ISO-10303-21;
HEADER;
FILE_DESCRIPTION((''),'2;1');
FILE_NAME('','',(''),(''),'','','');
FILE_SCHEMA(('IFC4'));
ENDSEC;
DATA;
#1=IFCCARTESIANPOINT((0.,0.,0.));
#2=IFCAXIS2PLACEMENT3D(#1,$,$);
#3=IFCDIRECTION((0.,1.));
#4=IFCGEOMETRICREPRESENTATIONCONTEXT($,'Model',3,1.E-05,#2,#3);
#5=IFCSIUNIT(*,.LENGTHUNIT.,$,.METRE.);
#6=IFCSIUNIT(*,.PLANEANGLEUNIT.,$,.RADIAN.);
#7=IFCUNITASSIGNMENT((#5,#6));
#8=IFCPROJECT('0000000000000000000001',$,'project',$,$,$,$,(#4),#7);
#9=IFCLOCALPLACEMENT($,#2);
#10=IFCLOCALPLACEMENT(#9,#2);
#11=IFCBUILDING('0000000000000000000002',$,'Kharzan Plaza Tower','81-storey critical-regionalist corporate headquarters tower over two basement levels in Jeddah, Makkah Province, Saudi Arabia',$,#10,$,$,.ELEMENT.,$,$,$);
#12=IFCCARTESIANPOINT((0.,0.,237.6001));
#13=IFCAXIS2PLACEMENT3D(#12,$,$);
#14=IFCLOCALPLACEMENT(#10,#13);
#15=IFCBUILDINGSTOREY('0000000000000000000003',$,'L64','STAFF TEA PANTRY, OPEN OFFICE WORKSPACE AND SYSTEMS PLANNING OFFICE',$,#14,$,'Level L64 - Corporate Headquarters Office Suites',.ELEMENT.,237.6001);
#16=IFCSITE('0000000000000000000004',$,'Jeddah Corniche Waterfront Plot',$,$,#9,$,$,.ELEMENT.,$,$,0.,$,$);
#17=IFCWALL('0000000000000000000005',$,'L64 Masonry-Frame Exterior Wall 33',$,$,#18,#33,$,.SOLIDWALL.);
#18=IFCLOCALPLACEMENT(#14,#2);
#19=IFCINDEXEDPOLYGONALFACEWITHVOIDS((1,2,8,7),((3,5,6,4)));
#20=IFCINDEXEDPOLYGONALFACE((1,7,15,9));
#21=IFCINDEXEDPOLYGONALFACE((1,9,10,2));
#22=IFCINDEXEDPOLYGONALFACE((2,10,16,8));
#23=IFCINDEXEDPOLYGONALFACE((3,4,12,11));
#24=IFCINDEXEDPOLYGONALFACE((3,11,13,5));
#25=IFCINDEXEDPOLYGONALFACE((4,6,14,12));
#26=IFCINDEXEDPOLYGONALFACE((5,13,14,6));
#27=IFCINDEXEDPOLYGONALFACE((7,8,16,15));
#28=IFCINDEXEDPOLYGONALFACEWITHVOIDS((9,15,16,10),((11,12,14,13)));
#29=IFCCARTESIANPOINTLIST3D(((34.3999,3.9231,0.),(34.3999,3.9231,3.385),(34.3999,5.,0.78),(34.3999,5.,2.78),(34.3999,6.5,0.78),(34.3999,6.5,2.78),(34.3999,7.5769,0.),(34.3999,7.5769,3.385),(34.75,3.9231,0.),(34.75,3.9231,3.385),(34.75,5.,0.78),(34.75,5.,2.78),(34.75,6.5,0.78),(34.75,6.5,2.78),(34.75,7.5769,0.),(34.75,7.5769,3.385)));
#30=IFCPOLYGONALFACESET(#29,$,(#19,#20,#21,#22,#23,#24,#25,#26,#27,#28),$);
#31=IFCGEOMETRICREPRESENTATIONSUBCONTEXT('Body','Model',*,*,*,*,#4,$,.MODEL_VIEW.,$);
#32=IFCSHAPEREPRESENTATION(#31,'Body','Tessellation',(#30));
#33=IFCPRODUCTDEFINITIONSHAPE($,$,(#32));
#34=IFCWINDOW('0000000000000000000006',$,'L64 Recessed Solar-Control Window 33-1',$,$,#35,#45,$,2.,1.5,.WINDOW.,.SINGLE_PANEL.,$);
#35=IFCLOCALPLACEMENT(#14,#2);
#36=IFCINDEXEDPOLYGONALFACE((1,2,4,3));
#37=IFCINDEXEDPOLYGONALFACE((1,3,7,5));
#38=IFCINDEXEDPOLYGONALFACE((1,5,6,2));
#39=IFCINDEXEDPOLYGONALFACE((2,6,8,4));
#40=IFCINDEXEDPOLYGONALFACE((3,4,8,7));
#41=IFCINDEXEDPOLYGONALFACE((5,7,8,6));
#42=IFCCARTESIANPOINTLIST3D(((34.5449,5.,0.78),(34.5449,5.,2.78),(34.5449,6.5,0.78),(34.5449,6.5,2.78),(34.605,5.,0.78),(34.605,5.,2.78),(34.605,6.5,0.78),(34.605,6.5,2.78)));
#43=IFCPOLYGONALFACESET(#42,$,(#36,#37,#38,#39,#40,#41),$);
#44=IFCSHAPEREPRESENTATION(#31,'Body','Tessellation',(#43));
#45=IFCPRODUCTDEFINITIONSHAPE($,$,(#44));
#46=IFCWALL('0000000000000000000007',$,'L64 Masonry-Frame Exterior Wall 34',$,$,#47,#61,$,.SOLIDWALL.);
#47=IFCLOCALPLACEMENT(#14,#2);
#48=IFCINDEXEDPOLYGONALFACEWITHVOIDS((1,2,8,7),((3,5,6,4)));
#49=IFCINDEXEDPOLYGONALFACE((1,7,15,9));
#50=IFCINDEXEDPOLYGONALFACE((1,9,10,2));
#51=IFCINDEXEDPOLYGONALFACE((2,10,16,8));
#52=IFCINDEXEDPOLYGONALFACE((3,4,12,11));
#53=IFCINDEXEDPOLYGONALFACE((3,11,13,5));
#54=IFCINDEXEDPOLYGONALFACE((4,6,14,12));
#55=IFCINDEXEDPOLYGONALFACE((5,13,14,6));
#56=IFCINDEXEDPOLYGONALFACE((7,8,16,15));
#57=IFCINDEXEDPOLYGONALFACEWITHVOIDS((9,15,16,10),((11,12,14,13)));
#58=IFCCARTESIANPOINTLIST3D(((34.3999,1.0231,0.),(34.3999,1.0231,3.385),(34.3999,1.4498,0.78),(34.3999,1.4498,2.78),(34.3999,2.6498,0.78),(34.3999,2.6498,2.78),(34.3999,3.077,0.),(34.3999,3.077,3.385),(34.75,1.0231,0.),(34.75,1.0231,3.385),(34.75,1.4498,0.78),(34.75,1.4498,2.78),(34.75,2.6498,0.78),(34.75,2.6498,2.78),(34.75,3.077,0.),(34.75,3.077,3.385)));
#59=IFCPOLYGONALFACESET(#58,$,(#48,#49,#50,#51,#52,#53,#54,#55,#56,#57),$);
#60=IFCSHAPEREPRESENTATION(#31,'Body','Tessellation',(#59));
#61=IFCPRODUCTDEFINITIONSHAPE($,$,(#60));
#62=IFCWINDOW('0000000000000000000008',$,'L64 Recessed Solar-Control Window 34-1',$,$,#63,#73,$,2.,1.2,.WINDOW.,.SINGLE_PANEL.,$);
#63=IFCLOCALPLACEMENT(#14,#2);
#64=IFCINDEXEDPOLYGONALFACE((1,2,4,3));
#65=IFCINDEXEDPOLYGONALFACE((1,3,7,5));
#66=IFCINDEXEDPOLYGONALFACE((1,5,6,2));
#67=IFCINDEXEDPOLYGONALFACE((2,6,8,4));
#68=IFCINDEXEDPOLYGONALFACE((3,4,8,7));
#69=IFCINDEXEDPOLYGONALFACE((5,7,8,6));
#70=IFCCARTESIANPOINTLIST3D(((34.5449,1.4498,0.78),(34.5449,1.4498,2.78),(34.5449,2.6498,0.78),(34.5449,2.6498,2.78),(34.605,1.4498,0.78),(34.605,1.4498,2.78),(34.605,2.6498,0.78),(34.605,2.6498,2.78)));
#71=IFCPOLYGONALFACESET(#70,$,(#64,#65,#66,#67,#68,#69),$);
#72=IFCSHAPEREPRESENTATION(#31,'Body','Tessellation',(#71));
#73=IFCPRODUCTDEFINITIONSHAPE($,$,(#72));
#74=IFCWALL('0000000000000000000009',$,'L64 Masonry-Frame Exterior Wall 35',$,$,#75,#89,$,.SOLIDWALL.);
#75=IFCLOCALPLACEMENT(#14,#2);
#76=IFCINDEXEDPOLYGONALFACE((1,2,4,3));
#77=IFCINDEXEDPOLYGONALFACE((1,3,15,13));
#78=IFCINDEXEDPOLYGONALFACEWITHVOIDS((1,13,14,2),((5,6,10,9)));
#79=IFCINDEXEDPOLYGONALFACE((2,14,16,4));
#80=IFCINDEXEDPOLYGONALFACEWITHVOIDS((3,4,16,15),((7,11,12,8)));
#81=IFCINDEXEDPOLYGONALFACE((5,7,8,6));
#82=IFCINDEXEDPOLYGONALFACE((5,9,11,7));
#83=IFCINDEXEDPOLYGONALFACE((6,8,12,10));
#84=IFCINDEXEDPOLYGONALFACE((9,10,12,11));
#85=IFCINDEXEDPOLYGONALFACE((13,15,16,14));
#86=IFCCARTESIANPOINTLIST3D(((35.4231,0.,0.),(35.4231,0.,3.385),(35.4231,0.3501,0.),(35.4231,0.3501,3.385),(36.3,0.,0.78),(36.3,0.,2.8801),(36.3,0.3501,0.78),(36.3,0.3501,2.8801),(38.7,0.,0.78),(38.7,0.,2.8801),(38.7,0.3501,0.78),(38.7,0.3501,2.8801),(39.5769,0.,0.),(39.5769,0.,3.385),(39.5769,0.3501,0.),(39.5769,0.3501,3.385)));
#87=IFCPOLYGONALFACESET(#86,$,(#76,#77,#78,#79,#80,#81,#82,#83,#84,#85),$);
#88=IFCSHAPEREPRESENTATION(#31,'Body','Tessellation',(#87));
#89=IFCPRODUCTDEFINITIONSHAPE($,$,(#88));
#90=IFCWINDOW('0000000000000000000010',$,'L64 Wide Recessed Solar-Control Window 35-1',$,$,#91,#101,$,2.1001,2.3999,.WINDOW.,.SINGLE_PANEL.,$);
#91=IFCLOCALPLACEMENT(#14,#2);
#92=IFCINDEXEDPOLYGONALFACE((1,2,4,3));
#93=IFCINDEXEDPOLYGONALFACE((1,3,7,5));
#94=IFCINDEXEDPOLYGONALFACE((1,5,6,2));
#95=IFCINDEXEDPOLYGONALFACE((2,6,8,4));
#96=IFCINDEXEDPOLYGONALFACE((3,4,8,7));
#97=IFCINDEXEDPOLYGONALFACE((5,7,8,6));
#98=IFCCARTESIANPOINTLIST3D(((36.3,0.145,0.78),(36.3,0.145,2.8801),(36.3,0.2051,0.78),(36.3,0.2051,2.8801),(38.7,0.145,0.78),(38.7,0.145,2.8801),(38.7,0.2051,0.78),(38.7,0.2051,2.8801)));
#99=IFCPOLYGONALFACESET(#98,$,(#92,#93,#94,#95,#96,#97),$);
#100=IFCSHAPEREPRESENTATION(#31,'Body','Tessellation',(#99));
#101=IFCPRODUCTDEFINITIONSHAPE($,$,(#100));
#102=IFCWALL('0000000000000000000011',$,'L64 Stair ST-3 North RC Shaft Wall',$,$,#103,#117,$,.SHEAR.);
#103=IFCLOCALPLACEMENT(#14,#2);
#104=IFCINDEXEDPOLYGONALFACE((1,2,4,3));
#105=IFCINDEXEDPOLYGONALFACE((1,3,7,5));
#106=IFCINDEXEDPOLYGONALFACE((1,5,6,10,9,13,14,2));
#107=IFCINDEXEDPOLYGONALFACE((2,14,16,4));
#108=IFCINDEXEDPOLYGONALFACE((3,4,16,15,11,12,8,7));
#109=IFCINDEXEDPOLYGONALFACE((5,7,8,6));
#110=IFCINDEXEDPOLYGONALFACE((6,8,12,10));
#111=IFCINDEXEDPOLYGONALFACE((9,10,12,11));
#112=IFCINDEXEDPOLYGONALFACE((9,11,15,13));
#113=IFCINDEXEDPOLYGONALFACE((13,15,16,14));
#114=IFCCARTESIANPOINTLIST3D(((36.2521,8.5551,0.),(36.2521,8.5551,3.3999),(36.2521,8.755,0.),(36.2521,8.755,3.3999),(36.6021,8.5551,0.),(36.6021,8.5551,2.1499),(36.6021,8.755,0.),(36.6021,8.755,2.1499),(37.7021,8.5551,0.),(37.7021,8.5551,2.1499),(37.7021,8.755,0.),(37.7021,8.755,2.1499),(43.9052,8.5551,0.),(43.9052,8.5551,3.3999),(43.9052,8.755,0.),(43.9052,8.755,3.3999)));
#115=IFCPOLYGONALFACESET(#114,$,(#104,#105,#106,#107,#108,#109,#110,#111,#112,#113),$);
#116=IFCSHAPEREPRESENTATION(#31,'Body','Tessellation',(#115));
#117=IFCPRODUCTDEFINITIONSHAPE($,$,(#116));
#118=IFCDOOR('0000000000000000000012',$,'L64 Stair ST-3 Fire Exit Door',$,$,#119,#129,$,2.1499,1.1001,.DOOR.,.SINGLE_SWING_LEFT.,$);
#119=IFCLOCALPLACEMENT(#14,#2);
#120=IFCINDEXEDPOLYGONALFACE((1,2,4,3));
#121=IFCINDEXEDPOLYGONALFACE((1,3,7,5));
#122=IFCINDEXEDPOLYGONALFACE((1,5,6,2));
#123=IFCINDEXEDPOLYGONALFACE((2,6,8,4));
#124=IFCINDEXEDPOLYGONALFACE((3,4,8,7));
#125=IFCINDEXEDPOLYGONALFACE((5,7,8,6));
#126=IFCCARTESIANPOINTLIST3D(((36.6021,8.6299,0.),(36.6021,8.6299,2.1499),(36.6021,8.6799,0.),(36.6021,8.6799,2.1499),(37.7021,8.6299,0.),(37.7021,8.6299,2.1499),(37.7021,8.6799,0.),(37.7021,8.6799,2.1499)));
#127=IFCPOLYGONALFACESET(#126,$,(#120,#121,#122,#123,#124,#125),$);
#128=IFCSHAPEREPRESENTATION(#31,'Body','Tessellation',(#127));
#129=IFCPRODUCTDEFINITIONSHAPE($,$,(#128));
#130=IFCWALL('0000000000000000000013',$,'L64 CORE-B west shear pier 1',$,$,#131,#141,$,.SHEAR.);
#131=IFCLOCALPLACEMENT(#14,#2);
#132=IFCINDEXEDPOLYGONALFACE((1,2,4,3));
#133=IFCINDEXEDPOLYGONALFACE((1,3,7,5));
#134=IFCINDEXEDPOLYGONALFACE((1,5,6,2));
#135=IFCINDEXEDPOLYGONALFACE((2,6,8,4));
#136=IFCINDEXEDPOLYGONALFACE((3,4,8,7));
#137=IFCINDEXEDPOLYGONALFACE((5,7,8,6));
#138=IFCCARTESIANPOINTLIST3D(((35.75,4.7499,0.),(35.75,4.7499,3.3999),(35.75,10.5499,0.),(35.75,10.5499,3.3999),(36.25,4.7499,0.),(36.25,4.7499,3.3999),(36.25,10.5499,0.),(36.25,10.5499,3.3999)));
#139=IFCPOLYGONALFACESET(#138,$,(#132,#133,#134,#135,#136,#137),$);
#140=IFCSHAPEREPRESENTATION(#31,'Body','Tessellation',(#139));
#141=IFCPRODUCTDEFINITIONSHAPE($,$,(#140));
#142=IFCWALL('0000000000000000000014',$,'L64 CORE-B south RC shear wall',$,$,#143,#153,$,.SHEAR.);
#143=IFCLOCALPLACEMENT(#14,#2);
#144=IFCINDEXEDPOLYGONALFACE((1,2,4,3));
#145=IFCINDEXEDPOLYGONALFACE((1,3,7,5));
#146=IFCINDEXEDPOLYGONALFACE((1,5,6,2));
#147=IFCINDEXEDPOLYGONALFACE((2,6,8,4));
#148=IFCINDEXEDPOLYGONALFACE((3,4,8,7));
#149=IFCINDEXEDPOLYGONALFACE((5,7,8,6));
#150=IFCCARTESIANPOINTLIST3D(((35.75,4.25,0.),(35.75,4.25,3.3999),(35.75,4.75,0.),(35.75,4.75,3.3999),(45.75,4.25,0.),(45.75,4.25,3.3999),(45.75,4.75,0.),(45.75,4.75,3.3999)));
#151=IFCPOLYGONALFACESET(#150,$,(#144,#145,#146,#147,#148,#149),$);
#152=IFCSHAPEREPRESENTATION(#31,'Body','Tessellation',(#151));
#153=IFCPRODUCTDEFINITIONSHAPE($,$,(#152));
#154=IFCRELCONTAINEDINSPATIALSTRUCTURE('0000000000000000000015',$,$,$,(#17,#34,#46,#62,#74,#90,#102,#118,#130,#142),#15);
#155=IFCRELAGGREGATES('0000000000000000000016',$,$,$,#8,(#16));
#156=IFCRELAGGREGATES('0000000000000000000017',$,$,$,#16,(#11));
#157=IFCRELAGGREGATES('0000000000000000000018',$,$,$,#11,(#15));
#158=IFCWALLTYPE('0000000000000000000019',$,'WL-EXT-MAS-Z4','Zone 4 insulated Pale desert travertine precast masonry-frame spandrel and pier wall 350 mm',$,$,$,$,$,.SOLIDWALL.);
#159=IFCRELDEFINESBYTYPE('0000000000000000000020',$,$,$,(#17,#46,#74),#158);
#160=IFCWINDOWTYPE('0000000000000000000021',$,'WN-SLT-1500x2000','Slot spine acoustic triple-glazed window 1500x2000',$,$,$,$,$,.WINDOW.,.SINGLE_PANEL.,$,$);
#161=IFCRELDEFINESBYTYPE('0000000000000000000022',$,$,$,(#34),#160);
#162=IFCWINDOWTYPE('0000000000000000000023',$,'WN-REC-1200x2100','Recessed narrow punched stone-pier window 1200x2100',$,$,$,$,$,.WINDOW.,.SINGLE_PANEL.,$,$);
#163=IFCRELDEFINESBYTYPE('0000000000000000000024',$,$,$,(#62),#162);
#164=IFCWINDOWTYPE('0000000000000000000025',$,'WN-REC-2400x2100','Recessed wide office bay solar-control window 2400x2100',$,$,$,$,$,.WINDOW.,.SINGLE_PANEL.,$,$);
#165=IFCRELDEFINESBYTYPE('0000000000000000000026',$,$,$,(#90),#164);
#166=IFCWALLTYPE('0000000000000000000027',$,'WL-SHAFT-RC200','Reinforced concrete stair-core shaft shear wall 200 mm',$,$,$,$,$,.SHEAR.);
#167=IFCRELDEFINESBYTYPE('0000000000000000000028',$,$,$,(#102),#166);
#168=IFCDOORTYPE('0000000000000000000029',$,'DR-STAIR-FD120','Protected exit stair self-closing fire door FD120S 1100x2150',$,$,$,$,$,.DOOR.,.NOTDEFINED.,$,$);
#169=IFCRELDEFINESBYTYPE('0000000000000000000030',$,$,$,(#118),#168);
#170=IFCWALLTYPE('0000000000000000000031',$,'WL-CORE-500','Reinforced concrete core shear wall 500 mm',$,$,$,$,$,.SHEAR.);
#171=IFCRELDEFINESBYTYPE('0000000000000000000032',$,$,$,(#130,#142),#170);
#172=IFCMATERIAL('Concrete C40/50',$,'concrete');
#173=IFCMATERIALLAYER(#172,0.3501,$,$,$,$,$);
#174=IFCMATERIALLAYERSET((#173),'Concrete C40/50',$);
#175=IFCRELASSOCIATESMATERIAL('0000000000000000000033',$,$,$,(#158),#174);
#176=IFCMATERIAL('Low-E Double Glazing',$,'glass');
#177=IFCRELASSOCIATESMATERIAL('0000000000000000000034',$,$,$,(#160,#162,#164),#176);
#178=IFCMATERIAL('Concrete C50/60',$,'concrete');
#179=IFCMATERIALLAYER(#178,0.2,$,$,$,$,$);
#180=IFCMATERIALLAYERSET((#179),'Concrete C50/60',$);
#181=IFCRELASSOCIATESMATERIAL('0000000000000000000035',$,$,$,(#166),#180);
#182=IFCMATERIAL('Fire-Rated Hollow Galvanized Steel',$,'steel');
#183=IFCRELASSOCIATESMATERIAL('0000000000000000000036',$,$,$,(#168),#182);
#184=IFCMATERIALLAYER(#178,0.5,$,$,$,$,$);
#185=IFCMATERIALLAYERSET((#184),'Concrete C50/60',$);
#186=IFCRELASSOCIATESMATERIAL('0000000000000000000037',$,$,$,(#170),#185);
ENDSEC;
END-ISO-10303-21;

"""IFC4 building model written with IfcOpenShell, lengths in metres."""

from ifc_helpers import new_model, si_unit, direction, frame, frame_2d, origin, place, context, subcontext, project, spatial, rectangle, extrude, source, transform, mapped, material, layer, layer_set, type_object, element, fill, save


model = new_model("IFC4")

# Units and contexts
model_context = context("Model", 3, precision=1e-05, world=origin(), true_north=direction((0.0, 1.0)))
body_context = subcontext(model_context, "Body", "Model", "MODEL_VIEW")
ifc_project = project(units=[si_unit("LENGTHUNIT", "METRE"), si_unit("PLANEANGLEUNIT", "RADIAN")], contexts=[model_context])

# Site, building, storey
site_placement = place(None, origin())
site = spatial("IfcSite", under=ifc_project, at=site_placement, Name="Jeddah Corniche Waterfront Plot", CompositionType="ELEMENT", RefElevation=0.0)
building_placement = place(site_placement, origin())
building = spatial("IfcBuilding", under=site, at=building_placement, Name="Kharzan Plaza Tower", Description="81-storey critical-regionalist corporate headquarters tower over two basement levels in Jeddah, Makkah Province, Saudi Arabia", CompositionType="ELEMENT")
storey_placement = place(building_placement, frame((0.0, 0.0, 237.6001)))
storey = spatial("IfcBuildingStorey", under=building, at=storey_placement, Name="L64", Description="STAFF TEA PANTRY, OPEN OFFICE WORKSPACE AND SYSTEMS PLANNING OFFICE", LongName="Level L64 - Corporate Headquarters Office Suites", CompositionType="ELEMENT", Elevation=237.6001)

# Shared definitions
ifc_material_1 = material(Name="Concrete C50/60", Category="concrete")

# Walls, openings, windows
ifc_material_2 = material(Name="Concrete C40/50", Category="concrete")
ifc_layer_1 = layer(ifc_material_2, 0.3501)
ifc_layer_set_1 = layer_set([ifc_layer_1], Name="Concrete C40/50")
wall_type_1 = type_object("IfcWallType", Name="WL-EXT-MAS-Z4", Description="Zone 4 insulated Pale desert travertine precast masonry-frame spandrel and pier wall 350 mm", PredefinedType="SOLIDWALL", material=ifc_layer_set_1)
wall_1_placement = place(storey_placement, frame((34.575, 7.5769, 0.0), z_axis=(0.0, 0.0, 1.0), x_axis=(0.0, -1.0, 0.0)))
wall_1 = element("IfcWall", 1, at=wall_1_placement, inside=storey, type_object=wall_type_1, Name="L64 Masonry-Frame Exterior Wall 33", PredefinedType="SOLIDWALL", context=body_context, shape_type="SweptSolid", body=[
    extrude(rectangle(XDim=3.6538, YDim=0.3501, at=frame_2d((1.8269, 0.0))), origin(), (0.0, 0.0, 1.0), 3.385),
])
opening_1_placement = place(wall_1_placement, frame((1.0769, 0.0, 0.78)))
opening_1 = element("IfcOpeningElement", 2, at=opening_1_placement, cuts=wall_1, PredefinedType="OPENING", context=body_context, shape_type="SweptSolid", body=[
    extrude(rectangle(XDim=1.5, YDim=2.0, at=frame_2d((0.75, 1.0))), frame((0.0, 0.1851, 0.0), z_axis=(0.0, -1.0, 0.0), x_axis=(1.0, 0.0, 0.0)), (0.0, 0.0, 1.0), 0.3701),
])
ifc_material_3 = material(Name="Low-E Double Glazing", Category="glass")
window_type_1 = type_object("IfcWindowType", Name="WN-SLT-1500x2000", Description="Slot spine acoustic triple-glazed window 1500x2000", PartitioningType="SINGLE_PANEL", PredefinedType="WINDOW", material=ifc_material_3)
shared_shape_1 = source(origin(), body_context, "Body", "SweptSolid", [
    extrude(rectangle(XDim=1.5, YDim=2.0, at=frame_2d((0.75, 1.0))), frame((0.0, 0.03, 0.0), z_axis=(0.0, -1.0, 0.0), x_axis=(1.0, 0.0, 0.0)), (0.0, 0.0, 1.0), 0.0601),
])
window_1_placement = place(opening_1_placement, origin())
window_1 = element("IfcWindow", 3, at=window_1_placement, inside=storey, type_object=window_type_1, Name="L64 Recessed Solar-Control Window 33-1", OverallHeight=2.0, OverallWidth=1.5, PartitioningType="SINGLE_PANEL", PredefinedType="WINDOW", context=body_context, shape_type="MappedRepresentation", body=[
    mapped(shared_shape_1, transform((0.0, 0.0, 0.0), x_axis=(1.0, 0.0, 0.0), y_axis=(0.0, 1.0, 0.0), z_axis=(0.0, 0.0, 1.0))),
])
fill(opening_1, window_1)
wall_2_placement = place(storey_placement, frame((34.575, 3.0769, 0.0), z_axis=(0.0, 0.0, 1.0), x_axis=(0.0, -1.0, 0.0)))
wall_2 = element("IfcWall", 4, at=wall_2_placement, inside=storey, type_object=wall_type_1, Name="L64 Masonry-Frame Exterior Wall 34", PredefinedType="SOLIDWALL", context=body_context, shape_type="SweptSolid", body=[
    extrude(rectangle(XDim=2.054, YDim=0.3501, at=frame_2d((1.0269, 0.0))), origin(), (0.0, 0.0, 1.0), 3.385),
])
opening_2_placement = place(wall_2_placement, frame((0.427, 0.0, 0.78)))
opening_2 = element("IfcOpeningElement", 5, at=opening_2_placement, cuts=wall_2, PredefinedType="OPENING", context=body_context, shape_type="SweptSolid", body=[
    extrude(rectangle(XDim=1.2, YDim=2.0, at=frame_2d((0.6001, 1.0))), frame((0.0, 0.1851, 0.0), z_axis=(0.0, -1.0, 0.0), x_axis=(1.0, 0.0, 0.0)), (0.0, 0.0, 1.0), 0.3701),
])
window_type_2 = type_object("IfcWindowType", Name="WN-REC-1200x2100", Description="Recessed narrow punched stone-pier window 1200x2100", PartitioningType="SINGLE_PANEL", PredefinedType="WINDOW", material=ifc_material_3)
shared_shape_2 = source(origin(), body_context, "Body", "SweptSolid", [
    extrude(rectangle(XDim=1.2, YDim=2.0, at=frame_2d((0.6001, 1.0))), frame((0.0, 0.03, 0.0), z_axis=(0.0, -1.0, 0.0), x_axis=(1.0, 0.0, 0.0)), (0.0, 0.0, 1.0), 0.0601),
])
window_2_placement = place(opening_2_placement, origin())
window_2 = element("IfcWindow", 6, at=window_2_placement, inside=storey, type_object=window_type_2, Name="L64 Recessed Solar-Control Window 34-1", OverallHeight=2.0, OverallWidth=1.2, PartitioningType="SINGLE_PANEL", PredefinedType="WINDOW", context=body_context, shape_type="MappedRepresentation", body=[
    mapped(shared_shape_2, transform((0.0, 0.0, 0.0), x_axis=(1.0, 0.0, 0.0), y_axis=(0.0, 1.0, 0.0), z_axis=(0.0, 0.0, 1.0))),
])
fill(opening_2, window_2)
wall_3_placement = place(storey_placement, frame((35.4231, 0.175, 0.0), z_axis=(0.0, 0.0, 1.0), x_axis=(1.0, 0.0, 0.0)))
wall_3 = element("IfcWall", 7, at=wall_3_placement, inside=storey, type_object=wall_type_1, Name="L64 Masonry-Frame Exterior Wall 35", PredefinedType="SOLIDWALL", context=body_context, shape_type="SweptSolid", body=[
    extrude(rectangle(XDim=4.1538, YDim=0.3501, at=frame_2d((2.0769, 0.0))), origin(), (0.0, 0.0, 1.0), 3.385),
])
opening_3_placement = place(wall_3_placement, frame((0.877, 0.0, 0.78)))
opening_3 = element("IfcOpeningElement", 8, at=opening_3_placement, cuts=wall_3, PredefinedType="OPENING", context=body_context, shape_type="SweptSolid", body=[
    extrude(rectangle(XDim=2.3999, YDim=2.1001, at=frame_2d((1.2, 1.05))), frame((0.0, 0.1851, 0.0), z_axis=(0.0, -1.0, 0.0), x_axis=(1.0, 0.0, 0.0)), (0.0, 0.0, 1.0), 0.3701),
])
window_type_3 = type_object("IfcWindowType", Name="WN-REC-2400x2100", Description="Recessed wide office bay solar-control window 2400x2100", PartitioningType="SINGLE_PANEL", PredefinedType="WINDOW", material=ifc_material_3)
shared_shape_3 = source(origin(), body_context, "Body", "SweptSolid", [
    extrude(rectangle(XDim=2.3999, YDim=2.1001, at=frame_2d((1.2, 1.05))), frame((0.0, 0.03, 0.0), z_axis=(0.0, -1.0, 0.0), x_axis=(1.0, 0.0, 0.0)), (0.0, 0.0, 1.0), 0.0601),
])
window_3_placement = place(opening_3_placement, origin())
window_3 = element("IfcWindow", 9, at=window_3_placement, inside=storey, type_object=window_type_3, Name="L64 Wide Recessed Solar-Control Window 35-1", OverallHeight=2.1001, OverallWidth=2.3999, PartitioningType="SINGLE_PANEL", PredefinedType="WINDOW", context=body_context, shape_type="MappedRepresentation", body=[
    mapped(shared_shape_3, transform((0.0, 0.0, 0.0), x_axis=(1.0, 0.0, 0.0), y_axis=(0.0, 1.0, 0.0), z_axis=(0.0, 0.0, 1.0))),
])
fill(opening_3, window_3)

# Wall, opening, door
ifc_layer_2 = layer(ifc_material_1, 0.2)
ifc_layer_set_2 = layer_set([ifc_layer_2], Name="Concrete C50/60")
wall_type_2 = type_object("IfcWallType", Name="WL-SHAFT-RC200", Description="Reinforced concrete stair-core shaft shear wall 200 mm", PredefinedType="SHEAR", material=ifc_layer_set_2)
wall_4_placement = place(storey_placement, frame((36.252, 8.655, 0.0), z_axis=(0.0, 0.0, 1.0), x_axis=(1.0, 0.0, 0.0)))
wall_4 = element("IfcWall", 10, at=wall_4_placement, inside=storey, type_object=wall_type_2, Name="L64 Stair ST-3 North RC Shaft Wall", PredefinedType="SHEAR", context=body_context, shape_type="SweptSolid", body=[
    extrude(rectangle(XDim=7.6531, YDim=0.2, at=frame_2d((3.8267, 0.0))), origin(), (0.0, 0.0, 1.0), 3.3999),
])
opening_4_placement = place(wall_4_placement, frame((0.3501, 0.0, 0.0)))
opening_4 = element("IfcOpeningElement", 11, at=opening_4_placement, cuts=wall_4, PredefinedType="OPENING", context=body_context, shape_type="SweptSolid", body=[
    extrude(rectangle(XDim=1.1001, YDim=2.1499, at=frame_2d((0.55, 1.075))), frame((0.0, 0.1099, 0.0), z_axis=(0.0, -1.0, 0.0), x_axis=(1.0, 0.0, 0.0)), (0.0, 0.0, 1.0), 0.22),
])
ifc_material_4 = material(Name="Fire-Rated Hollow Galvanized Steel", Category="steel")
door_type = type_object("IfcDoorType", Name="DR-STAIR-FD120", Description="Protected exit stair self-closing fire door FD120S 1100x2150", OperationType="NOTDEFINED", PredefinedType="DOOR", material=ifc_material_4)
shared_shape_4 = source(origin(), body_context, "Body", "SweptSolid", [
    extrude(rectangle(XDim=1.1001, YDim=2.1499, at=frame_2d((0.55, 1.075))), frame((0.0, 0.0249, 0.0), z_axis=(0.0, -1.0, 0.0), x_axis=(1.0, 0.0, 0.0)), (0.0, 0.0, 1.0), 0.05),
])
door_placement = place(opening_4_placement, origin())
door = element("IfcDoor", 12, at=door_placement, inside=storey, type_object=door_type, Name="L64 Stair ST-3 Fire Exit Door", OperationType="SINGLE_SWING_LEFT", OverallHeight=2.1499, OverallWidth=1.1001, PredefinedType="DOOR", context=body_context, shape_type="MappedRepresentation", body=[
    mapped(shared_shape_4, transform((0.0, 0.0, 0.0), x_axis=(1.0, 0.0, 0.0), y_axis=(0.0, 1.0, 0.0), z_axis=(0.0, 0.0, 1.0))),
])
fill(opening_4, door)

# Walls
ifc_layer_3 = layer(ifc_material_1, 0.5)
ifc_layer_set_3 = layer_set([ifc_layer_3], Name="Concrete C50/60")
wall_type_3 = type_object("IfcWallType", Name="WL-CORE-500", Description="Reinforced concrete core shear wall 500 mm", PredefinedType="SHEAR", material=ifc_layer_set_3)
shared_shape_5 = source(origin(), body_context, "Body", "SweptSolid", [
    extrude(rectangle(XDim=5.8, YDim=0.5, at=frame_2d((2.8999, 0.0))), origin(), (0.0, 0.0, 1.0), 3.3999),
])
wall_5_placement = place(storey_placement, frame((36.0, 4.75, 0.0), z_axis=(0.0, 0.0, 1.0), x_axis=(0.0, 1.0, 0.0)))
element("IfcWall", 13, at=wall_5_placement, inside=storey, type_object=wall_type_3, Name="L64 CORE-B west shear pier 1", PredefinedType="SHEAR", context=body_context, shape_type="MappedRepresentation", body=[
    mapped(shared_shape_5, transform((0.0, 0.0, 0.0), x_axis=(1.0, 0.0, 0.0), y_axis=(0.0, 1.0, 0.0), z_axis=(0.0, 0.0, 1.0))),
])
shared_shape_6 = source(origin(), body_context, "Body", "SweptSolid", [
    extrude(rectangle(XDim=10.0, YDim=0.5, at=frame_2d((5.0, 0.0))), origin(), (0.0, 0.0, 1.0), 3.3999),
])
wall_6_placement = place(storey_placement, frame((35.75, 4.5, 0.0), z_axis=(0.0, 0.0, 1.0), x_axis=(1.0, 0.0, 0.0)))
element("IfcWall", 14, at=wall_6_placement, inside=storey, type_object=wall_type_3, Name="L64 CORE-B south RC shear wall", PredefinedType="SHEAR", context=body_context, shape_type="MappedRepresentation", body=[
    mapped(shared_shape_6, transform((0.0, 0.0, 0.0), x_axis=(1.0, 0.0, 0.0), y_axis=(0.0, 1.0, 0.0), z_axis=(0.0, 0.0, 1.0))),
])

save(model, "model.ifc")
